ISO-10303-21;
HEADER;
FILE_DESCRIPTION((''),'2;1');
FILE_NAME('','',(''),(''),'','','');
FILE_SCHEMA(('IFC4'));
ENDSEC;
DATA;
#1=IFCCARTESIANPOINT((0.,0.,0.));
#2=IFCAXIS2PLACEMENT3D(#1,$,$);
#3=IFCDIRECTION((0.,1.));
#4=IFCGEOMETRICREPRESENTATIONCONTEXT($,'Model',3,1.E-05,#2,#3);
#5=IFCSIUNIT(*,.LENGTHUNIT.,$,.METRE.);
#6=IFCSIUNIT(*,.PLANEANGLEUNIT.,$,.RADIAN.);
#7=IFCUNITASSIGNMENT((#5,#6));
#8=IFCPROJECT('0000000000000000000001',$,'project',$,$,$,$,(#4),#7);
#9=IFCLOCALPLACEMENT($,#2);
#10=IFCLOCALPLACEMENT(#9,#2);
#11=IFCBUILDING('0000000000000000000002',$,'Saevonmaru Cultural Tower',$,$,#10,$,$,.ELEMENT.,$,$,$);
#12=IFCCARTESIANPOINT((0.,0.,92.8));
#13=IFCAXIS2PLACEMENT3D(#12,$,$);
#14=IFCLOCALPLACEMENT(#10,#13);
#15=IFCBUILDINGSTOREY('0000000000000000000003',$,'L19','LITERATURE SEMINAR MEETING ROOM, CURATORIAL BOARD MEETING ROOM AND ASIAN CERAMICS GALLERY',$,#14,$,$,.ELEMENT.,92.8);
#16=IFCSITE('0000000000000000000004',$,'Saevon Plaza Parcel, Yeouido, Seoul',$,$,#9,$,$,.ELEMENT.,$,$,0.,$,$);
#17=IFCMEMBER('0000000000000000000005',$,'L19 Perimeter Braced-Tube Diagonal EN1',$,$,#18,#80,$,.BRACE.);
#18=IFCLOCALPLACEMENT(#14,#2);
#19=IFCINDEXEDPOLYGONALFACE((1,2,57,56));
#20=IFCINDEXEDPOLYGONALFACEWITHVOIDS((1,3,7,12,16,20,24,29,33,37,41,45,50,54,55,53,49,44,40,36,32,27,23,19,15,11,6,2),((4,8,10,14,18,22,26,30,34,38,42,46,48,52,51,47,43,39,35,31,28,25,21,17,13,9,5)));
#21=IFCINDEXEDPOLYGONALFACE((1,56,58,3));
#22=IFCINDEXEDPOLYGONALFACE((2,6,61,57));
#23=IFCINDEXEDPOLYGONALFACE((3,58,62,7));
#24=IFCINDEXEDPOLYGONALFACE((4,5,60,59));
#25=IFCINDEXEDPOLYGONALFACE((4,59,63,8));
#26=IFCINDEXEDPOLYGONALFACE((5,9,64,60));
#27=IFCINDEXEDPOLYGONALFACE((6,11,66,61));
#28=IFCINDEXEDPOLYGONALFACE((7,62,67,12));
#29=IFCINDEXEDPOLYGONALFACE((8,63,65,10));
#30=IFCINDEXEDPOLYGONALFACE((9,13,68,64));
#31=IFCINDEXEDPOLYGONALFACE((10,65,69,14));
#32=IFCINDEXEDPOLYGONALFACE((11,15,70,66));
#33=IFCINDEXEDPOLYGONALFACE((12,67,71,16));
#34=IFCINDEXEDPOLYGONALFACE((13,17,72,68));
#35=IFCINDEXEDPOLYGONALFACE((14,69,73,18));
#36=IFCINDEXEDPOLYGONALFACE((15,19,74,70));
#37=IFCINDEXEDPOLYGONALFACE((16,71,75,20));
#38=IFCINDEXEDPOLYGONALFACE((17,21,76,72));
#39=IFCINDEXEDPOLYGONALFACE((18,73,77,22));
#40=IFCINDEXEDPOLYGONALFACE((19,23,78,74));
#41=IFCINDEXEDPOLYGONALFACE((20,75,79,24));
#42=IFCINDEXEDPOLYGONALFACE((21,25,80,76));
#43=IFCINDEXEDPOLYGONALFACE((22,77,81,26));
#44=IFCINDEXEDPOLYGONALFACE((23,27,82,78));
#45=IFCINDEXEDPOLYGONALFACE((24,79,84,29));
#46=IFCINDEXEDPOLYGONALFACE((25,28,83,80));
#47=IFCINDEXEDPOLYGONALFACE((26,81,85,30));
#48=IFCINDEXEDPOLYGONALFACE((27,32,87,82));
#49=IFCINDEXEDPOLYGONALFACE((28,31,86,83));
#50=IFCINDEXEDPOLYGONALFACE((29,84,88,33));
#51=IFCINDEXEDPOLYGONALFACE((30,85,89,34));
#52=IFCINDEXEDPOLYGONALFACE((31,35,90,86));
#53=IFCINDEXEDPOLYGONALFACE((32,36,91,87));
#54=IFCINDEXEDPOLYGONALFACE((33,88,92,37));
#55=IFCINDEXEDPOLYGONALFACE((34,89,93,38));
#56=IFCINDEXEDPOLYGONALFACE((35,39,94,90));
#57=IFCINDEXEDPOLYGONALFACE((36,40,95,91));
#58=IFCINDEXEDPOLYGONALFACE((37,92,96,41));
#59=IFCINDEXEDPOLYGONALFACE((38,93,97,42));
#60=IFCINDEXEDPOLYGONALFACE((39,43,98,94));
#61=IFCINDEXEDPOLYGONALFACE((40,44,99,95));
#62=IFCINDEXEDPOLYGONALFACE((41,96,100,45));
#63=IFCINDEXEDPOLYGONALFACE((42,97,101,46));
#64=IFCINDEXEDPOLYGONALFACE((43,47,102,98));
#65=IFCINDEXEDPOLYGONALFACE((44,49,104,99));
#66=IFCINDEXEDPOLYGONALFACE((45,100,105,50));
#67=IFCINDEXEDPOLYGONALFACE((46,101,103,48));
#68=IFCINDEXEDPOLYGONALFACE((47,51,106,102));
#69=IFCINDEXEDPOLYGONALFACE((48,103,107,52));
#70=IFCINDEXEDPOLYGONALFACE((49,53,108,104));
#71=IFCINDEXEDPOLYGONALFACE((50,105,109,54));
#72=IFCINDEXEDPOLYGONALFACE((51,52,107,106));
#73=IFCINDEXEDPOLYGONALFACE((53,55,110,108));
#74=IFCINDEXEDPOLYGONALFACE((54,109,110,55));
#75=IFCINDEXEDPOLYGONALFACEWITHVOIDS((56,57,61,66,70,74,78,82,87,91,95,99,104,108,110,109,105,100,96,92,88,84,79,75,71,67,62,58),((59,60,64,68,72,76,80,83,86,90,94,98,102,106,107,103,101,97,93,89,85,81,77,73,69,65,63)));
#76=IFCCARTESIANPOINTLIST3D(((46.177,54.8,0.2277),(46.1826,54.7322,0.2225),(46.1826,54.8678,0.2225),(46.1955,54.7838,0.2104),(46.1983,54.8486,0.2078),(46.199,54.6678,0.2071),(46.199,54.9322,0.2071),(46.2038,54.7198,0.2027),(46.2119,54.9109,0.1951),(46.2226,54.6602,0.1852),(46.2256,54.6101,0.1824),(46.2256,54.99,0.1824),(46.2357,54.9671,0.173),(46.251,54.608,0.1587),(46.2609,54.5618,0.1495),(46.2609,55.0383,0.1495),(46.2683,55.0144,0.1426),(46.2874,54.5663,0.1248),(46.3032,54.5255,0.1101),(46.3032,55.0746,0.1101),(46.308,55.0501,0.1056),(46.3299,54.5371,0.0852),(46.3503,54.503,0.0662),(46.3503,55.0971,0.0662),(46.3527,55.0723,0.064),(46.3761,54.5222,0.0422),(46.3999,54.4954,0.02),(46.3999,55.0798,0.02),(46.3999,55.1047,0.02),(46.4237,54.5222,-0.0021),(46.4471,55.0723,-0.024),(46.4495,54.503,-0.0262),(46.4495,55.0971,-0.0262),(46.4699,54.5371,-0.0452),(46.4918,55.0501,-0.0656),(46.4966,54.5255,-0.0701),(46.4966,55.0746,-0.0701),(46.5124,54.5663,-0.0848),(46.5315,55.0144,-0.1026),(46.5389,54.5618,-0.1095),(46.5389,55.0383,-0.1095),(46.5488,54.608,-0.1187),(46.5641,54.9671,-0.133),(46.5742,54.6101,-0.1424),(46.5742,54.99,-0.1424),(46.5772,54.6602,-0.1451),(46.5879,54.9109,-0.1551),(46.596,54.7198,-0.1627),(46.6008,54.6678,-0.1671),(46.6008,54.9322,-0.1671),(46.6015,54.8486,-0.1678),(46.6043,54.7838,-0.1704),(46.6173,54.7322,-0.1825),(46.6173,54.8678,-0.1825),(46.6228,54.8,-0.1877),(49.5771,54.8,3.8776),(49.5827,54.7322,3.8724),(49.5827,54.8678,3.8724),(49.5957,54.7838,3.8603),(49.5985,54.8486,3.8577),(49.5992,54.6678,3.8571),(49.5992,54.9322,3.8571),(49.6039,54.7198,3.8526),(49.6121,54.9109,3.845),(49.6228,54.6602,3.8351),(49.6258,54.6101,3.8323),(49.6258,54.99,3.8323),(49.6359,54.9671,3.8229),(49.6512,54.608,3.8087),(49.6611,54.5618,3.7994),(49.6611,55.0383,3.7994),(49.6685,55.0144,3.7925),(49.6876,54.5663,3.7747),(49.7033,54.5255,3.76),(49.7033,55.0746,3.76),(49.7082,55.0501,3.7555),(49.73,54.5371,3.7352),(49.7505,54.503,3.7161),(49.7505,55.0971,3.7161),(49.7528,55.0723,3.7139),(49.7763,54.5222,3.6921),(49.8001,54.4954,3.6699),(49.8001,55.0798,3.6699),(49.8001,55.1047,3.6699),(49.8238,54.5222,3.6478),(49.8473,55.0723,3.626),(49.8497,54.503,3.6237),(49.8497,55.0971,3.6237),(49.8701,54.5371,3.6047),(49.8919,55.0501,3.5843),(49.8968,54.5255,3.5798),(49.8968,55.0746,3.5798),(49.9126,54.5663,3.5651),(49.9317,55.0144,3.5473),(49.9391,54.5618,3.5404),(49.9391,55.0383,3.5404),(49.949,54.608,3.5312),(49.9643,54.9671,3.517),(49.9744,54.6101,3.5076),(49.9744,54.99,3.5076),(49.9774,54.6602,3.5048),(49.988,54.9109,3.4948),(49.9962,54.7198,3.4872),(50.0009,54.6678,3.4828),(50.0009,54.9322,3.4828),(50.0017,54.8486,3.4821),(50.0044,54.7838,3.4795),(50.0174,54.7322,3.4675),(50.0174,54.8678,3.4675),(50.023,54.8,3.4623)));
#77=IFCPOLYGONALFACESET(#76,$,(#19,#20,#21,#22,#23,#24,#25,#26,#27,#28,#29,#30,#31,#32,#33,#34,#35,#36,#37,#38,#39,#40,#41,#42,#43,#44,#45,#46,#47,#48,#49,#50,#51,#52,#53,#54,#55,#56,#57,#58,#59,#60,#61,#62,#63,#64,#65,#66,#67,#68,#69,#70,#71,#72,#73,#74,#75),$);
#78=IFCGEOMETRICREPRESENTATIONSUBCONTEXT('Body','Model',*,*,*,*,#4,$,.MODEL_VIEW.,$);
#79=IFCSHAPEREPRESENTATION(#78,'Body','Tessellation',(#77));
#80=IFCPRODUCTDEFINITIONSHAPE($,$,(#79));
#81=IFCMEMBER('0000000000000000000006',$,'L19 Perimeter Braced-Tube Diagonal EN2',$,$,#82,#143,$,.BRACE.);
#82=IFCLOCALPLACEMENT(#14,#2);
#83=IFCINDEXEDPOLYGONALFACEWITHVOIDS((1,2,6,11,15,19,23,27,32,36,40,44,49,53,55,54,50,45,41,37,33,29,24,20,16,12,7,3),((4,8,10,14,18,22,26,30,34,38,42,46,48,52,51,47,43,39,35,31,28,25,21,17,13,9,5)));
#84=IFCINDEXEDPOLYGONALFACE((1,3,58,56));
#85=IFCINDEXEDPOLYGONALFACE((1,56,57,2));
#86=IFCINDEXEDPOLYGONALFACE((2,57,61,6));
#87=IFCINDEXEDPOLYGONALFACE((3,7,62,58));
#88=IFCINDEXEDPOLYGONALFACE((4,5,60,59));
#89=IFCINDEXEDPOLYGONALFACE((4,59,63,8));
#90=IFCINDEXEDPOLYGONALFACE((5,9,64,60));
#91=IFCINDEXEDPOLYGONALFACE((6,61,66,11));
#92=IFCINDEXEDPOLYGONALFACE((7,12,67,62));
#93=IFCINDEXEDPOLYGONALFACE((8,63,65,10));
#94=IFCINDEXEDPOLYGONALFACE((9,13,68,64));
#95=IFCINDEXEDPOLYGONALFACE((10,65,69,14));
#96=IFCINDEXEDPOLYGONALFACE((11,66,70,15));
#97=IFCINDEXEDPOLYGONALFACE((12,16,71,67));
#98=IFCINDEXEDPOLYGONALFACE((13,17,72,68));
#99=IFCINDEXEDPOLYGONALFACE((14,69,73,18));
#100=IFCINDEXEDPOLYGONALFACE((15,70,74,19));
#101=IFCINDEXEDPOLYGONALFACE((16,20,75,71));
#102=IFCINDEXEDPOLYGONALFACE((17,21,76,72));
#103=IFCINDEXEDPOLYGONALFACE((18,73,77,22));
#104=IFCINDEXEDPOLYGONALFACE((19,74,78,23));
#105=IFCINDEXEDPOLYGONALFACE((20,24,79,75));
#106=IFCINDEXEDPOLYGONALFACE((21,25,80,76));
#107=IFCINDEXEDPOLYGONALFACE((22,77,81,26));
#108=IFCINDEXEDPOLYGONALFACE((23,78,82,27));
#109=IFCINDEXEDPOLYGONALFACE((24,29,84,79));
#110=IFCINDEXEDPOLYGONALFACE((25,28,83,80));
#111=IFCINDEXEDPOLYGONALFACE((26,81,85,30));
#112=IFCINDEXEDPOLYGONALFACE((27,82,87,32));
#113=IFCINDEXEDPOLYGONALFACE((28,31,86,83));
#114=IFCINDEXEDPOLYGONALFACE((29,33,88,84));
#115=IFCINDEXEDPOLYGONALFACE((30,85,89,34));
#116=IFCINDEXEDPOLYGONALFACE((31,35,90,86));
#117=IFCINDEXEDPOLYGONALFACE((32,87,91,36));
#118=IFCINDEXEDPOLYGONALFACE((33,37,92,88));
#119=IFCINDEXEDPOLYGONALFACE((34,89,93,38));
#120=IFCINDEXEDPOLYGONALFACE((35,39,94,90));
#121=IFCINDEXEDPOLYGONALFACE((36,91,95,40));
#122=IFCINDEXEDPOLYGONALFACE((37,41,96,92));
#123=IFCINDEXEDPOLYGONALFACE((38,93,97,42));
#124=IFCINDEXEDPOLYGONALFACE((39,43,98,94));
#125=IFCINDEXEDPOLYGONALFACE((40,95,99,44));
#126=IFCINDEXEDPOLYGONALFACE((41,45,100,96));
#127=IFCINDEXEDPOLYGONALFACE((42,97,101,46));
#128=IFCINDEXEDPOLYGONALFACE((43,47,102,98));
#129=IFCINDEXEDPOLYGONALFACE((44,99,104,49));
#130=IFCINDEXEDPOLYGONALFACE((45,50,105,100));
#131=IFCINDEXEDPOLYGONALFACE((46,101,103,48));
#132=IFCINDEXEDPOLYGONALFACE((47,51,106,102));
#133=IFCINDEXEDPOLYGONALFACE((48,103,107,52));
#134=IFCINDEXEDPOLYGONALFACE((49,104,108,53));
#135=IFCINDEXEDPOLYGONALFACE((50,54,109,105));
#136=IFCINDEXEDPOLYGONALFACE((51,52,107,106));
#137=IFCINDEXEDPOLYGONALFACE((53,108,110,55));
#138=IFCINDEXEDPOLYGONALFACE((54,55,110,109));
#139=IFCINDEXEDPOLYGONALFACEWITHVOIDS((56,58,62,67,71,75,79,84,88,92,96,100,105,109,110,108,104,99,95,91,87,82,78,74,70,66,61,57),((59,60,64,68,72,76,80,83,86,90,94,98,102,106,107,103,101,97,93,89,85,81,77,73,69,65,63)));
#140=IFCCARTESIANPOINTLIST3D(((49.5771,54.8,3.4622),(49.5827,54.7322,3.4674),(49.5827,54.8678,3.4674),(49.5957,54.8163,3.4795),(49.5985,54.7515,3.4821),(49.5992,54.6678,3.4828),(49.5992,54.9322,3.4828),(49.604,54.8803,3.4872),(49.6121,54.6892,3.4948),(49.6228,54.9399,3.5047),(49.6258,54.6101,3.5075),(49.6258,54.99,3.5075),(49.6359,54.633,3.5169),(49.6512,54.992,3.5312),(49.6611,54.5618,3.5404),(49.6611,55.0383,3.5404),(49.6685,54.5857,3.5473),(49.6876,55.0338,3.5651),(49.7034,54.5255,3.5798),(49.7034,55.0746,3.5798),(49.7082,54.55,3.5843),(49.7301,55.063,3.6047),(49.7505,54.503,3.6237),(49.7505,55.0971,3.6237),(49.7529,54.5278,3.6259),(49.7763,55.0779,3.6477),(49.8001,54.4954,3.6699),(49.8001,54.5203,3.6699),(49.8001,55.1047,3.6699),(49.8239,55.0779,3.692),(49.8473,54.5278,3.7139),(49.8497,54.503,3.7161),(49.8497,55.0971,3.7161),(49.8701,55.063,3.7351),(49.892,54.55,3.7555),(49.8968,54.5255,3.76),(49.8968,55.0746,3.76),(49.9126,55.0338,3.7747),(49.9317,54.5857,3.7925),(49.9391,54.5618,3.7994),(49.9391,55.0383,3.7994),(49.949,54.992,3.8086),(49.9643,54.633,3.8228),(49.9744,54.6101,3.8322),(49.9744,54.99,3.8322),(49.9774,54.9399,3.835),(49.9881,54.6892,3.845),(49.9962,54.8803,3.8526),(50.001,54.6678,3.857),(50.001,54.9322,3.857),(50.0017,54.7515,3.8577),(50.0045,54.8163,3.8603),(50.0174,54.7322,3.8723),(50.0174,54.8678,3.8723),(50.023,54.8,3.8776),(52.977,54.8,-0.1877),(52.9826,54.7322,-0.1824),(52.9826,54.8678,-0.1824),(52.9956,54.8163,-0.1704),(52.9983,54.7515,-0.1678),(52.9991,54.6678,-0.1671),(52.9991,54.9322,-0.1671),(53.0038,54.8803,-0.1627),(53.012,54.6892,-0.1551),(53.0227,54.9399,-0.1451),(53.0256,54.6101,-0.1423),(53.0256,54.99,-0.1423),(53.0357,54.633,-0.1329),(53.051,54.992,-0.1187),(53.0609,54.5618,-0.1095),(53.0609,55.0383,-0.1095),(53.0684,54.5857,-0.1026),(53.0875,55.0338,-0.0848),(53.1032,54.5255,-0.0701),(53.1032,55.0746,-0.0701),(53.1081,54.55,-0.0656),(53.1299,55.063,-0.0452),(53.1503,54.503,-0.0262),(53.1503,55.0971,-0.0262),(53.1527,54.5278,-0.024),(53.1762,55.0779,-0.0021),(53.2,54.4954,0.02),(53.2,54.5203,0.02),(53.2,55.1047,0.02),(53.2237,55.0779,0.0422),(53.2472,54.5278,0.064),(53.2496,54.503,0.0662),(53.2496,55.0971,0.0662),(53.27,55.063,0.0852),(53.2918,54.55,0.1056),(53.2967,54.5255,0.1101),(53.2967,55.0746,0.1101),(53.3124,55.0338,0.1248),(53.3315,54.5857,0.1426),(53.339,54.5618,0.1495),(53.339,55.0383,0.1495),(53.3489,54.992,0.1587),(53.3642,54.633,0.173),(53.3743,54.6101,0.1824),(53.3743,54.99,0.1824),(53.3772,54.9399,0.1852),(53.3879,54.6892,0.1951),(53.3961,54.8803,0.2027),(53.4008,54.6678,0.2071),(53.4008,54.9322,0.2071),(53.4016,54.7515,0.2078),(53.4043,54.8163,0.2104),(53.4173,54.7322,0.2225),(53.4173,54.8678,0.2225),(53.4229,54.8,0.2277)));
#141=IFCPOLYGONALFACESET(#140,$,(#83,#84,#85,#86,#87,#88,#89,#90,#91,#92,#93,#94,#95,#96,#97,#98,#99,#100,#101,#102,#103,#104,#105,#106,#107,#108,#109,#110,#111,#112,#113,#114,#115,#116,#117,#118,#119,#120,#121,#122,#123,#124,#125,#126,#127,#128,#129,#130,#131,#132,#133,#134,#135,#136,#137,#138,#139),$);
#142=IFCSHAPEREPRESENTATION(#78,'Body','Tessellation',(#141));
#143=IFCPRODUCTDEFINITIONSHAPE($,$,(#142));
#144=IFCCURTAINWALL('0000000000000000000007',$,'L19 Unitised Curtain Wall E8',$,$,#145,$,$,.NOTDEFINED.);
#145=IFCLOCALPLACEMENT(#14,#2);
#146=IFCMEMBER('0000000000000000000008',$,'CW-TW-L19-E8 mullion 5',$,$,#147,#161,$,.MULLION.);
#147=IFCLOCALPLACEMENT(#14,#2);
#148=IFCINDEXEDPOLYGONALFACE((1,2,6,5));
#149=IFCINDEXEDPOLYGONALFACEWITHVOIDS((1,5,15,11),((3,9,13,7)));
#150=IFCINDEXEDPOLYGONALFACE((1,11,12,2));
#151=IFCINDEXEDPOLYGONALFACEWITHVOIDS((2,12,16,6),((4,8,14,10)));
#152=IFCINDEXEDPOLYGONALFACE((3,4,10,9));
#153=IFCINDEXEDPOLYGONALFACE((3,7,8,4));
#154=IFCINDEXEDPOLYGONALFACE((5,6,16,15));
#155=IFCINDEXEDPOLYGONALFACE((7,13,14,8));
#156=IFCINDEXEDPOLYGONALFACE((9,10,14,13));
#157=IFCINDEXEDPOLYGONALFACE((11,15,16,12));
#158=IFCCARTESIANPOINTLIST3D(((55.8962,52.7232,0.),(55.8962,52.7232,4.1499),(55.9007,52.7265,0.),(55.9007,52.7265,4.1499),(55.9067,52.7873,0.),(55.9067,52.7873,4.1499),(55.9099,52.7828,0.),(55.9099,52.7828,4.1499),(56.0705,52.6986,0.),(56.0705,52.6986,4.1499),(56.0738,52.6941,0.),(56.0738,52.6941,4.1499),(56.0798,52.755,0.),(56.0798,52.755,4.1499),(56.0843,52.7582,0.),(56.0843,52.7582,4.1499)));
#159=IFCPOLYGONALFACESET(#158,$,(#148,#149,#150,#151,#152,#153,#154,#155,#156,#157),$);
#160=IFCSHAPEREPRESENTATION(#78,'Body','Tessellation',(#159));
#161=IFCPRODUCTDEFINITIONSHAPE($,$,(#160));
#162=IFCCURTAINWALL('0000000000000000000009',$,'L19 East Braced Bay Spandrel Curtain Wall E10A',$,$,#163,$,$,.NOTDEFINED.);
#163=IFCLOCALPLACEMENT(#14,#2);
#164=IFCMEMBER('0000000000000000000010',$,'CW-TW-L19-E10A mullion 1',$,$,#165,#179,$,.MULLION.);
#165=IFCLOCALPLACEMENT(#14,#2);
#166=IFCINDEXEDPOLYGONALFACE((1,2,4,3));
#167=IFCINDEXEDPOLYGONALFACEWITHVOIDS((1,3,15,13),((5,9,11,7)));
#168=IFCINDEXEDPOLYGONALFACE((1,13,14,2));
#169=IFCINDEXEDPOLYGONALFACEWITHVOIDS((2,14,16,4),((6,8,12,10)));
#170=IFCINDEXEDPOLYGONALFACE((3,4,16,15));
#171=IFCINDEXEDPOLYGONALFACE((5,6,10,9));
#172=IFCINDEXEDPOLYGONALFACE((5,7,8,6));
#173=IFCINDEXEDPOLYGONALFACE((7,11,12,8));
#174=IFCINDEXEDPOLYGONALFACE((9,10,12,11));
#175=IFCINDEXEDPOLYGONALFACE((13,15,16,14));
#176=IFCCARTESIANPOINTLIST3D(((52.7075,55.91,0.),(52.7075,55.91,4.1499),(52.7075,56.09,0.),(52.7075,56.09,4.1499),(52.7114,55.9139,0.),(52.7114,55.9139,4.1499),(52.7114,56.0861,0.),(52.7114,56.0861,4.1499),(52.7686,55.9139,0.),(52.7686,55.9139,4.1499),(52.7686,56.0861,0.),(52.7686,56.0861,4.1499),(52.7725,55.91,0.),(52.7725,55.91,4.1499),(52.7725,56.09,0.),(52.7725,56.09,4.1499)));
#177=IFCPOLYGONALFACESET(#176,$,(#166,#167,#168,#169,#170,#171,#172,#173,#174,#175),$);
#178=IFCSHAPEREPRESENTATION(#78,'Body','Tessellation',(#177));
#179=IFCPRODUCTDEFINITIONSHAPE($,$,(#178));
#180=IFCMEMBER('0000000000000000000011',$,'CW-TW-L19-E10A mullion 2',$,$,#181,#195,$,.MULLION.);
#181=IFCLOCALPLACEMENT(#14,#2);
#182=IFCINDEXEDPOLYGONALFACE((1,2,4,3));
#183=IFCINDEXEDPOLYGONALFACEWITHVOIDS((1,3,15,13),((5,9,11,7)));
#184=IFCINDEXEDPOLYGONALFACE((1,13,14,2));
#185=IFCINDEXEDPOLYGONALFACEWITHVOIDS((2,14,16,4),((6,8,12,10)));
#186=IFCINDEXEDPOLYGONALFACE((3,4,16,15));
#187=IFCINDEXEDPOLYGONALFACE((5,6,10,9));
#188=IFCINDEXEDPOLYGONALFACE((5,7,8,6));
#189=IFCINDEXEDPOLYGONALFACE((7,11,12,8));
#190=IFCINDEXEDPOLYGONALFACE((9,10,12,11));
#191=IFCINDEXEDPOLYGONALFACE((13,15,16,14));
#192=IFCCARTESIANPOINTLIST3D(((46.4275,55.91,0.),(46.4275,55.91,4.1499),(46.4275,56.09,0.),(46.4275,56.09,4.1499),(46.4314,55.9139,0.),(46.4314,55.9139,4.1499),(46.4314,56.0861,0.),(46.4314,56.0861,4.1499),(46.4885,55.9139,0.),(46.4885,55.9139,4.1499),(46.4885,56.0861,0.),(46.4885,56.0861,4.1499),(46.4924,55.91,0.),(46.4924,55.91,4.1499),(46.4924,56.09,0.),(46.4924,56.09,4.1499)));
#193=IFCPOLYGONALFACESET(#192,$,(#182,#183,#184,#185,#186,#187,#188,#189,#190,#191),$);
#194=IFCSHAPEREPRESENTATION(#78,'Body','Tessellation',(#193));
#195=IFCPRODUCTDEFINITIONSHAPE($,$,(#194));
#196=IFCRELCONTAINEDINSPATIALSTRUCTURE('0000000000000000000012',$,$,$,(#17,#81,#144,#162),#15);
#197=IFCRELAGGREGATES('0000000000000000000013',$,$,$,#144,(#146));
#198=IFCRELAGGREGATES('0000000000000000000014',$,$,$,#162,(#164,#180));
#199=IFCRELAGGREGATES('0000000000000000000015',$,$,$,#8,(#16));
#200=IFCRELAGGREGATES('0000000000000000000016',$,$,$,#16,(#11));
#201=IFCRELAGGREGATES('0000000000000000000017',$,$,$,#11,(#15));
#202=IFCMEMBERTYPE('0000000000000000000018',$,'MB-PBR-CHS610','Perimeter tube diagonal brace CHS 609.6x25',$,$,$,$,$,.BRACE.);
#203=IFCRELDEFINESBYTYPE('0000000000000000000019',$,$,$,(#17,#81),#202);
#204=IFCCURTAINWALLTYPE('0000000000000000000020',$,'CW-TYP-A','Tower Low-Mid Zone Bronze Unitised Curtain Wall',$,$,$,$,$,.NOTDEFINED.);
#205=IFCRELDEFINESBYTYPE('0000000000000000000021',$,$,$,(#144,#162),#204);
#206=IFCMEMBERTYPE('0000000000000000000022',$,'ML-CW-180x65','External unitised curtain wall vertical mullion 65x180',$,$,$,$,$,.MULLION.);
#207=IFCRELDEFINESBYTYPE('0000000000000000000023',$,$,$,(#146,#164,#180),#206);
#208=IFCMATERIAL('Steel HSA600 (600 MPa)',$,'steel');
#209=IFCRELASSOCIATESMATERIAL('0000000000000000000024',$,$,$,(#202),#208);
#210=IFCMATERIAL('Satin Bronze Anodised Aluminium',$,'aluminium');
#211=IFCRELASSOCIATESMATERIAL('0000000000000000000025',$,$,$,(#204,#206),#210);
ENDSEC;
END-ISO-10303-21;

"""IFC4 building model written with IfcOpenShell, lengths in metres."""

from ifc_helpers import new_model, si_unit, direction, frame, origin, origin_2d, place, context, subcontext, project, spatial, hollow_rectangle, hollow_circle, extrude, material, material_profile, profile_set, type_object, element, aggregate, save


model = new_model("IFC4")

# Units and contexts
model_context = context("Model", 3, precision=1e-05, world=origin(), true_north=direction((0.0, 1.0)))
body_context = subcontext(model_context, "Body", "Model", "MODEL_VIEW")
ifc_project = project(units=[si_unit("LENGTHUNIT", "METRE"), si_unit("PLANEANGLEUNIT", "RADIAN")], contexts=[model_context])

# Site, building, storey
site_placement = place(None, origin())
site = spatial("IfcSite", under=ifc_project, at=site_placement, Name="Saevon Plaza Parcel, Yeouido, Seoul", CompositionType="ELEMENT", RefElevation=0.0)
building_placement = place(site_placement, origin())
building = spatial("IfcBuilding", under=site, at=building_placement, Name="Saevonmaru Cultural Tower", CompositionType="ELEMENT")
storey_placement = place(building_placement, frame((0.0, 0.0, 92.8)))
storey = spatial("IfcBuildingStorey", under=building, at=storey_placement, Name="L19", Description="LITERATURE SEMINAR MEETING ROOM, CURATORIAL BOARD MEETING ROOM AND ASIAN CERAMICS GALLERY", CompositionType="ELEMENT", Elevation=92.8)

# Shared definitions
ifc_material_1 = material(Name="Steel HSA600 (600 MPa)", Category="steel")

# Members
ifc_material_profile_1 = material_profile(ifc_material_1, hollow_circle(Radius=0.3047, WallThickness=0.0249, at=origin_2d()), Name="CHS-609.6x25")
ifc_profile_set_1 = profile_set([ifc_material_profile_1], Name="Steel HSA600 (600 MPa)")
member_type_1 = type_object("IfcMemberType", Name="MB-PBR-CHS610", Description="Perimeter tube diagonal brace CHS 609.6x25", PredefinedType="BRACE", material=ifc_profile_set_1)
member_1_placement = place(storey_placement, frame((46.3999, 54.8, 0.02), z_axis=(0.681629, 0.0, 0.731698), x_axis=(0.0, 1.0, 0.0)))
element("IfcMember", 1, at=member_1_placement, inside=storey, type_object=member_type_1, Name="L19 Perimeter Braced-Tube Diagonal EN1", PredefinedType="BRACE", context=body_context, shape_type="SweptSolid", body=[
    extrude(hollow_circle(Radius=0.3047, WallThickness=0.0249, at=origin_2d()), origin(), (0.0, 0.0, 1.0), 4.9883),
])
member_2_placement = place(storey_placement, frame((53.2, 54.8, 0.02), z_axis=(-0.681603, 0.0, 0.731722), x_axis=(0.0, -1.0, 0.0)))
element("IfcMember", 2, at=member_2_placement, inside=storey, type_object=member_type_1, Name="L19 Perimeter Braced-Tube Diagonal EN2", PredefinedType="BRACE", context=body_context, shape_type="SweptSolid", body=[
    extrude(hollow_circle(Radius=0.3047, WallThickness=0.0249, at=origin_2d()), origin(), (0.0, 0.0, 1.0), 4.988),
])

# Curtain wall, member
ifc_material_2 = material(Name="Satin Bronze Anodised Aluminium", Category="aluminium")
curtain_wall_type = type_object("IfcCurtainWallType", Name="CW-TYP-A", Description="Tower Low-Mid Zone Bronze Unitised Curtain Wall", PredefinedType="NOTDEFINED", material=ifc_material_2)
curtain_wall_1_placement = place(storey_placement, origin())
curtain_wall_1 = element("IfcCurtainWall", 3, at=curtain_wall_1_placement, inside=storey, type_object=curtain_wall_type, Name="L19 Unitised Curtain Wall E8", PredefinedType="NOTDEFINED")
ifc_material_profile_2 = material_profile(ifc_material_2, hollow_rectangle(XDim=0.0649, YDim=0.1799, WallThickness=0.0039, at=origin_2d()), Name="ALU-MULL-180x65x4")
ifc_profile_set_2 = profile_set([ifc_material_profile_2], Name="Satin Bronze Anodised Aluminium")
member_type_2 = type_object("IfcMemberType", Name="ML-CW-180x65", Description="External unitised curtain wall vertical mullion 65x180", PredefinedType="MULLION", material=ifc_profile_set_2)
member_3_placement = place(storey_placement, frame((55.9902, 52.7407, 0.0), z_axis=(0.0, 0.0, 1.0), x_axis=(0.161709, 0.986839, 0.0)))
member_3 = element("IfcMember", 4, at=member_3_placement, type_object=member_type_2, Name="CW-TW-L19-E8 mullion 5", PredefinedType="MULLION", context=body_context, shape_type="SweptSolid", body=[
    extrude(hollow_rectangle(XDim=0.0649, YDim=0.1799, WallThickness=0.0039, at=origin_2d()), origin(), (0.0, 0.0, 1.0), 4.1499),
])

# Curtain wall, members
curtain_wall_2_placement = place(storey_placement, origin())
curtain_wall_2 = element("IfcCurtainWall", 5, at=curtain_wall_2_placement, inside=storey, type_object=curtain_wall_type, Name="L19 East Braced Bay Spandrel Curtain Wall E10A", PredefinedType="NOTDEFINED")
member_4_placement = place(storey_placement, frame((52.74, 56.0, 0.0), z_axis=(0.0, 0.0, 1.0), x_axis=(-1.0, 0.0, 0.0)))
member_4 = element("IfcMember", 6, at=member_4_placement, type_object=member_type_2, Name="CW-TW-L19-E10A mullion 1", PredefinedType="MULLION", context=body_context, shape_type="SweptSolid", body=[
    extrude(hollow_rectangle(XDim=0.0649, YDim=0.1799, WallThickness=0.0039, at=origin_2d()), origin(), (0.0, 0.0, 1.0), 4.1499),
])
member_5_placement = place(storey_placement, frame((46.46, 56.0, 0.0), z_axis=(0.0, 0.0, 1.0), x_axis=(-1.0, 0.0, 0.0)))
member_5 = element("IfcMember", 7, at=member_5_placement, type_object=member_type_2, Name="CW-TW-L19-E10A mullion 2", PredefinedType="MULLION", context=body_context, shape_type="SweptSolid", body=[
    extrude(hollow_rectangle(XDim=0.0649, YDim=0.1799, WallThickness=0.0039, at=origin_2d()), origin(), (0.0, 0.0, 1.0), 4.1499),
])

aggregate(curtain_wall_1, [member_3])
aggregate(curtain_wall_2, [member_4, member_5])

save(model, "model.ifc")
